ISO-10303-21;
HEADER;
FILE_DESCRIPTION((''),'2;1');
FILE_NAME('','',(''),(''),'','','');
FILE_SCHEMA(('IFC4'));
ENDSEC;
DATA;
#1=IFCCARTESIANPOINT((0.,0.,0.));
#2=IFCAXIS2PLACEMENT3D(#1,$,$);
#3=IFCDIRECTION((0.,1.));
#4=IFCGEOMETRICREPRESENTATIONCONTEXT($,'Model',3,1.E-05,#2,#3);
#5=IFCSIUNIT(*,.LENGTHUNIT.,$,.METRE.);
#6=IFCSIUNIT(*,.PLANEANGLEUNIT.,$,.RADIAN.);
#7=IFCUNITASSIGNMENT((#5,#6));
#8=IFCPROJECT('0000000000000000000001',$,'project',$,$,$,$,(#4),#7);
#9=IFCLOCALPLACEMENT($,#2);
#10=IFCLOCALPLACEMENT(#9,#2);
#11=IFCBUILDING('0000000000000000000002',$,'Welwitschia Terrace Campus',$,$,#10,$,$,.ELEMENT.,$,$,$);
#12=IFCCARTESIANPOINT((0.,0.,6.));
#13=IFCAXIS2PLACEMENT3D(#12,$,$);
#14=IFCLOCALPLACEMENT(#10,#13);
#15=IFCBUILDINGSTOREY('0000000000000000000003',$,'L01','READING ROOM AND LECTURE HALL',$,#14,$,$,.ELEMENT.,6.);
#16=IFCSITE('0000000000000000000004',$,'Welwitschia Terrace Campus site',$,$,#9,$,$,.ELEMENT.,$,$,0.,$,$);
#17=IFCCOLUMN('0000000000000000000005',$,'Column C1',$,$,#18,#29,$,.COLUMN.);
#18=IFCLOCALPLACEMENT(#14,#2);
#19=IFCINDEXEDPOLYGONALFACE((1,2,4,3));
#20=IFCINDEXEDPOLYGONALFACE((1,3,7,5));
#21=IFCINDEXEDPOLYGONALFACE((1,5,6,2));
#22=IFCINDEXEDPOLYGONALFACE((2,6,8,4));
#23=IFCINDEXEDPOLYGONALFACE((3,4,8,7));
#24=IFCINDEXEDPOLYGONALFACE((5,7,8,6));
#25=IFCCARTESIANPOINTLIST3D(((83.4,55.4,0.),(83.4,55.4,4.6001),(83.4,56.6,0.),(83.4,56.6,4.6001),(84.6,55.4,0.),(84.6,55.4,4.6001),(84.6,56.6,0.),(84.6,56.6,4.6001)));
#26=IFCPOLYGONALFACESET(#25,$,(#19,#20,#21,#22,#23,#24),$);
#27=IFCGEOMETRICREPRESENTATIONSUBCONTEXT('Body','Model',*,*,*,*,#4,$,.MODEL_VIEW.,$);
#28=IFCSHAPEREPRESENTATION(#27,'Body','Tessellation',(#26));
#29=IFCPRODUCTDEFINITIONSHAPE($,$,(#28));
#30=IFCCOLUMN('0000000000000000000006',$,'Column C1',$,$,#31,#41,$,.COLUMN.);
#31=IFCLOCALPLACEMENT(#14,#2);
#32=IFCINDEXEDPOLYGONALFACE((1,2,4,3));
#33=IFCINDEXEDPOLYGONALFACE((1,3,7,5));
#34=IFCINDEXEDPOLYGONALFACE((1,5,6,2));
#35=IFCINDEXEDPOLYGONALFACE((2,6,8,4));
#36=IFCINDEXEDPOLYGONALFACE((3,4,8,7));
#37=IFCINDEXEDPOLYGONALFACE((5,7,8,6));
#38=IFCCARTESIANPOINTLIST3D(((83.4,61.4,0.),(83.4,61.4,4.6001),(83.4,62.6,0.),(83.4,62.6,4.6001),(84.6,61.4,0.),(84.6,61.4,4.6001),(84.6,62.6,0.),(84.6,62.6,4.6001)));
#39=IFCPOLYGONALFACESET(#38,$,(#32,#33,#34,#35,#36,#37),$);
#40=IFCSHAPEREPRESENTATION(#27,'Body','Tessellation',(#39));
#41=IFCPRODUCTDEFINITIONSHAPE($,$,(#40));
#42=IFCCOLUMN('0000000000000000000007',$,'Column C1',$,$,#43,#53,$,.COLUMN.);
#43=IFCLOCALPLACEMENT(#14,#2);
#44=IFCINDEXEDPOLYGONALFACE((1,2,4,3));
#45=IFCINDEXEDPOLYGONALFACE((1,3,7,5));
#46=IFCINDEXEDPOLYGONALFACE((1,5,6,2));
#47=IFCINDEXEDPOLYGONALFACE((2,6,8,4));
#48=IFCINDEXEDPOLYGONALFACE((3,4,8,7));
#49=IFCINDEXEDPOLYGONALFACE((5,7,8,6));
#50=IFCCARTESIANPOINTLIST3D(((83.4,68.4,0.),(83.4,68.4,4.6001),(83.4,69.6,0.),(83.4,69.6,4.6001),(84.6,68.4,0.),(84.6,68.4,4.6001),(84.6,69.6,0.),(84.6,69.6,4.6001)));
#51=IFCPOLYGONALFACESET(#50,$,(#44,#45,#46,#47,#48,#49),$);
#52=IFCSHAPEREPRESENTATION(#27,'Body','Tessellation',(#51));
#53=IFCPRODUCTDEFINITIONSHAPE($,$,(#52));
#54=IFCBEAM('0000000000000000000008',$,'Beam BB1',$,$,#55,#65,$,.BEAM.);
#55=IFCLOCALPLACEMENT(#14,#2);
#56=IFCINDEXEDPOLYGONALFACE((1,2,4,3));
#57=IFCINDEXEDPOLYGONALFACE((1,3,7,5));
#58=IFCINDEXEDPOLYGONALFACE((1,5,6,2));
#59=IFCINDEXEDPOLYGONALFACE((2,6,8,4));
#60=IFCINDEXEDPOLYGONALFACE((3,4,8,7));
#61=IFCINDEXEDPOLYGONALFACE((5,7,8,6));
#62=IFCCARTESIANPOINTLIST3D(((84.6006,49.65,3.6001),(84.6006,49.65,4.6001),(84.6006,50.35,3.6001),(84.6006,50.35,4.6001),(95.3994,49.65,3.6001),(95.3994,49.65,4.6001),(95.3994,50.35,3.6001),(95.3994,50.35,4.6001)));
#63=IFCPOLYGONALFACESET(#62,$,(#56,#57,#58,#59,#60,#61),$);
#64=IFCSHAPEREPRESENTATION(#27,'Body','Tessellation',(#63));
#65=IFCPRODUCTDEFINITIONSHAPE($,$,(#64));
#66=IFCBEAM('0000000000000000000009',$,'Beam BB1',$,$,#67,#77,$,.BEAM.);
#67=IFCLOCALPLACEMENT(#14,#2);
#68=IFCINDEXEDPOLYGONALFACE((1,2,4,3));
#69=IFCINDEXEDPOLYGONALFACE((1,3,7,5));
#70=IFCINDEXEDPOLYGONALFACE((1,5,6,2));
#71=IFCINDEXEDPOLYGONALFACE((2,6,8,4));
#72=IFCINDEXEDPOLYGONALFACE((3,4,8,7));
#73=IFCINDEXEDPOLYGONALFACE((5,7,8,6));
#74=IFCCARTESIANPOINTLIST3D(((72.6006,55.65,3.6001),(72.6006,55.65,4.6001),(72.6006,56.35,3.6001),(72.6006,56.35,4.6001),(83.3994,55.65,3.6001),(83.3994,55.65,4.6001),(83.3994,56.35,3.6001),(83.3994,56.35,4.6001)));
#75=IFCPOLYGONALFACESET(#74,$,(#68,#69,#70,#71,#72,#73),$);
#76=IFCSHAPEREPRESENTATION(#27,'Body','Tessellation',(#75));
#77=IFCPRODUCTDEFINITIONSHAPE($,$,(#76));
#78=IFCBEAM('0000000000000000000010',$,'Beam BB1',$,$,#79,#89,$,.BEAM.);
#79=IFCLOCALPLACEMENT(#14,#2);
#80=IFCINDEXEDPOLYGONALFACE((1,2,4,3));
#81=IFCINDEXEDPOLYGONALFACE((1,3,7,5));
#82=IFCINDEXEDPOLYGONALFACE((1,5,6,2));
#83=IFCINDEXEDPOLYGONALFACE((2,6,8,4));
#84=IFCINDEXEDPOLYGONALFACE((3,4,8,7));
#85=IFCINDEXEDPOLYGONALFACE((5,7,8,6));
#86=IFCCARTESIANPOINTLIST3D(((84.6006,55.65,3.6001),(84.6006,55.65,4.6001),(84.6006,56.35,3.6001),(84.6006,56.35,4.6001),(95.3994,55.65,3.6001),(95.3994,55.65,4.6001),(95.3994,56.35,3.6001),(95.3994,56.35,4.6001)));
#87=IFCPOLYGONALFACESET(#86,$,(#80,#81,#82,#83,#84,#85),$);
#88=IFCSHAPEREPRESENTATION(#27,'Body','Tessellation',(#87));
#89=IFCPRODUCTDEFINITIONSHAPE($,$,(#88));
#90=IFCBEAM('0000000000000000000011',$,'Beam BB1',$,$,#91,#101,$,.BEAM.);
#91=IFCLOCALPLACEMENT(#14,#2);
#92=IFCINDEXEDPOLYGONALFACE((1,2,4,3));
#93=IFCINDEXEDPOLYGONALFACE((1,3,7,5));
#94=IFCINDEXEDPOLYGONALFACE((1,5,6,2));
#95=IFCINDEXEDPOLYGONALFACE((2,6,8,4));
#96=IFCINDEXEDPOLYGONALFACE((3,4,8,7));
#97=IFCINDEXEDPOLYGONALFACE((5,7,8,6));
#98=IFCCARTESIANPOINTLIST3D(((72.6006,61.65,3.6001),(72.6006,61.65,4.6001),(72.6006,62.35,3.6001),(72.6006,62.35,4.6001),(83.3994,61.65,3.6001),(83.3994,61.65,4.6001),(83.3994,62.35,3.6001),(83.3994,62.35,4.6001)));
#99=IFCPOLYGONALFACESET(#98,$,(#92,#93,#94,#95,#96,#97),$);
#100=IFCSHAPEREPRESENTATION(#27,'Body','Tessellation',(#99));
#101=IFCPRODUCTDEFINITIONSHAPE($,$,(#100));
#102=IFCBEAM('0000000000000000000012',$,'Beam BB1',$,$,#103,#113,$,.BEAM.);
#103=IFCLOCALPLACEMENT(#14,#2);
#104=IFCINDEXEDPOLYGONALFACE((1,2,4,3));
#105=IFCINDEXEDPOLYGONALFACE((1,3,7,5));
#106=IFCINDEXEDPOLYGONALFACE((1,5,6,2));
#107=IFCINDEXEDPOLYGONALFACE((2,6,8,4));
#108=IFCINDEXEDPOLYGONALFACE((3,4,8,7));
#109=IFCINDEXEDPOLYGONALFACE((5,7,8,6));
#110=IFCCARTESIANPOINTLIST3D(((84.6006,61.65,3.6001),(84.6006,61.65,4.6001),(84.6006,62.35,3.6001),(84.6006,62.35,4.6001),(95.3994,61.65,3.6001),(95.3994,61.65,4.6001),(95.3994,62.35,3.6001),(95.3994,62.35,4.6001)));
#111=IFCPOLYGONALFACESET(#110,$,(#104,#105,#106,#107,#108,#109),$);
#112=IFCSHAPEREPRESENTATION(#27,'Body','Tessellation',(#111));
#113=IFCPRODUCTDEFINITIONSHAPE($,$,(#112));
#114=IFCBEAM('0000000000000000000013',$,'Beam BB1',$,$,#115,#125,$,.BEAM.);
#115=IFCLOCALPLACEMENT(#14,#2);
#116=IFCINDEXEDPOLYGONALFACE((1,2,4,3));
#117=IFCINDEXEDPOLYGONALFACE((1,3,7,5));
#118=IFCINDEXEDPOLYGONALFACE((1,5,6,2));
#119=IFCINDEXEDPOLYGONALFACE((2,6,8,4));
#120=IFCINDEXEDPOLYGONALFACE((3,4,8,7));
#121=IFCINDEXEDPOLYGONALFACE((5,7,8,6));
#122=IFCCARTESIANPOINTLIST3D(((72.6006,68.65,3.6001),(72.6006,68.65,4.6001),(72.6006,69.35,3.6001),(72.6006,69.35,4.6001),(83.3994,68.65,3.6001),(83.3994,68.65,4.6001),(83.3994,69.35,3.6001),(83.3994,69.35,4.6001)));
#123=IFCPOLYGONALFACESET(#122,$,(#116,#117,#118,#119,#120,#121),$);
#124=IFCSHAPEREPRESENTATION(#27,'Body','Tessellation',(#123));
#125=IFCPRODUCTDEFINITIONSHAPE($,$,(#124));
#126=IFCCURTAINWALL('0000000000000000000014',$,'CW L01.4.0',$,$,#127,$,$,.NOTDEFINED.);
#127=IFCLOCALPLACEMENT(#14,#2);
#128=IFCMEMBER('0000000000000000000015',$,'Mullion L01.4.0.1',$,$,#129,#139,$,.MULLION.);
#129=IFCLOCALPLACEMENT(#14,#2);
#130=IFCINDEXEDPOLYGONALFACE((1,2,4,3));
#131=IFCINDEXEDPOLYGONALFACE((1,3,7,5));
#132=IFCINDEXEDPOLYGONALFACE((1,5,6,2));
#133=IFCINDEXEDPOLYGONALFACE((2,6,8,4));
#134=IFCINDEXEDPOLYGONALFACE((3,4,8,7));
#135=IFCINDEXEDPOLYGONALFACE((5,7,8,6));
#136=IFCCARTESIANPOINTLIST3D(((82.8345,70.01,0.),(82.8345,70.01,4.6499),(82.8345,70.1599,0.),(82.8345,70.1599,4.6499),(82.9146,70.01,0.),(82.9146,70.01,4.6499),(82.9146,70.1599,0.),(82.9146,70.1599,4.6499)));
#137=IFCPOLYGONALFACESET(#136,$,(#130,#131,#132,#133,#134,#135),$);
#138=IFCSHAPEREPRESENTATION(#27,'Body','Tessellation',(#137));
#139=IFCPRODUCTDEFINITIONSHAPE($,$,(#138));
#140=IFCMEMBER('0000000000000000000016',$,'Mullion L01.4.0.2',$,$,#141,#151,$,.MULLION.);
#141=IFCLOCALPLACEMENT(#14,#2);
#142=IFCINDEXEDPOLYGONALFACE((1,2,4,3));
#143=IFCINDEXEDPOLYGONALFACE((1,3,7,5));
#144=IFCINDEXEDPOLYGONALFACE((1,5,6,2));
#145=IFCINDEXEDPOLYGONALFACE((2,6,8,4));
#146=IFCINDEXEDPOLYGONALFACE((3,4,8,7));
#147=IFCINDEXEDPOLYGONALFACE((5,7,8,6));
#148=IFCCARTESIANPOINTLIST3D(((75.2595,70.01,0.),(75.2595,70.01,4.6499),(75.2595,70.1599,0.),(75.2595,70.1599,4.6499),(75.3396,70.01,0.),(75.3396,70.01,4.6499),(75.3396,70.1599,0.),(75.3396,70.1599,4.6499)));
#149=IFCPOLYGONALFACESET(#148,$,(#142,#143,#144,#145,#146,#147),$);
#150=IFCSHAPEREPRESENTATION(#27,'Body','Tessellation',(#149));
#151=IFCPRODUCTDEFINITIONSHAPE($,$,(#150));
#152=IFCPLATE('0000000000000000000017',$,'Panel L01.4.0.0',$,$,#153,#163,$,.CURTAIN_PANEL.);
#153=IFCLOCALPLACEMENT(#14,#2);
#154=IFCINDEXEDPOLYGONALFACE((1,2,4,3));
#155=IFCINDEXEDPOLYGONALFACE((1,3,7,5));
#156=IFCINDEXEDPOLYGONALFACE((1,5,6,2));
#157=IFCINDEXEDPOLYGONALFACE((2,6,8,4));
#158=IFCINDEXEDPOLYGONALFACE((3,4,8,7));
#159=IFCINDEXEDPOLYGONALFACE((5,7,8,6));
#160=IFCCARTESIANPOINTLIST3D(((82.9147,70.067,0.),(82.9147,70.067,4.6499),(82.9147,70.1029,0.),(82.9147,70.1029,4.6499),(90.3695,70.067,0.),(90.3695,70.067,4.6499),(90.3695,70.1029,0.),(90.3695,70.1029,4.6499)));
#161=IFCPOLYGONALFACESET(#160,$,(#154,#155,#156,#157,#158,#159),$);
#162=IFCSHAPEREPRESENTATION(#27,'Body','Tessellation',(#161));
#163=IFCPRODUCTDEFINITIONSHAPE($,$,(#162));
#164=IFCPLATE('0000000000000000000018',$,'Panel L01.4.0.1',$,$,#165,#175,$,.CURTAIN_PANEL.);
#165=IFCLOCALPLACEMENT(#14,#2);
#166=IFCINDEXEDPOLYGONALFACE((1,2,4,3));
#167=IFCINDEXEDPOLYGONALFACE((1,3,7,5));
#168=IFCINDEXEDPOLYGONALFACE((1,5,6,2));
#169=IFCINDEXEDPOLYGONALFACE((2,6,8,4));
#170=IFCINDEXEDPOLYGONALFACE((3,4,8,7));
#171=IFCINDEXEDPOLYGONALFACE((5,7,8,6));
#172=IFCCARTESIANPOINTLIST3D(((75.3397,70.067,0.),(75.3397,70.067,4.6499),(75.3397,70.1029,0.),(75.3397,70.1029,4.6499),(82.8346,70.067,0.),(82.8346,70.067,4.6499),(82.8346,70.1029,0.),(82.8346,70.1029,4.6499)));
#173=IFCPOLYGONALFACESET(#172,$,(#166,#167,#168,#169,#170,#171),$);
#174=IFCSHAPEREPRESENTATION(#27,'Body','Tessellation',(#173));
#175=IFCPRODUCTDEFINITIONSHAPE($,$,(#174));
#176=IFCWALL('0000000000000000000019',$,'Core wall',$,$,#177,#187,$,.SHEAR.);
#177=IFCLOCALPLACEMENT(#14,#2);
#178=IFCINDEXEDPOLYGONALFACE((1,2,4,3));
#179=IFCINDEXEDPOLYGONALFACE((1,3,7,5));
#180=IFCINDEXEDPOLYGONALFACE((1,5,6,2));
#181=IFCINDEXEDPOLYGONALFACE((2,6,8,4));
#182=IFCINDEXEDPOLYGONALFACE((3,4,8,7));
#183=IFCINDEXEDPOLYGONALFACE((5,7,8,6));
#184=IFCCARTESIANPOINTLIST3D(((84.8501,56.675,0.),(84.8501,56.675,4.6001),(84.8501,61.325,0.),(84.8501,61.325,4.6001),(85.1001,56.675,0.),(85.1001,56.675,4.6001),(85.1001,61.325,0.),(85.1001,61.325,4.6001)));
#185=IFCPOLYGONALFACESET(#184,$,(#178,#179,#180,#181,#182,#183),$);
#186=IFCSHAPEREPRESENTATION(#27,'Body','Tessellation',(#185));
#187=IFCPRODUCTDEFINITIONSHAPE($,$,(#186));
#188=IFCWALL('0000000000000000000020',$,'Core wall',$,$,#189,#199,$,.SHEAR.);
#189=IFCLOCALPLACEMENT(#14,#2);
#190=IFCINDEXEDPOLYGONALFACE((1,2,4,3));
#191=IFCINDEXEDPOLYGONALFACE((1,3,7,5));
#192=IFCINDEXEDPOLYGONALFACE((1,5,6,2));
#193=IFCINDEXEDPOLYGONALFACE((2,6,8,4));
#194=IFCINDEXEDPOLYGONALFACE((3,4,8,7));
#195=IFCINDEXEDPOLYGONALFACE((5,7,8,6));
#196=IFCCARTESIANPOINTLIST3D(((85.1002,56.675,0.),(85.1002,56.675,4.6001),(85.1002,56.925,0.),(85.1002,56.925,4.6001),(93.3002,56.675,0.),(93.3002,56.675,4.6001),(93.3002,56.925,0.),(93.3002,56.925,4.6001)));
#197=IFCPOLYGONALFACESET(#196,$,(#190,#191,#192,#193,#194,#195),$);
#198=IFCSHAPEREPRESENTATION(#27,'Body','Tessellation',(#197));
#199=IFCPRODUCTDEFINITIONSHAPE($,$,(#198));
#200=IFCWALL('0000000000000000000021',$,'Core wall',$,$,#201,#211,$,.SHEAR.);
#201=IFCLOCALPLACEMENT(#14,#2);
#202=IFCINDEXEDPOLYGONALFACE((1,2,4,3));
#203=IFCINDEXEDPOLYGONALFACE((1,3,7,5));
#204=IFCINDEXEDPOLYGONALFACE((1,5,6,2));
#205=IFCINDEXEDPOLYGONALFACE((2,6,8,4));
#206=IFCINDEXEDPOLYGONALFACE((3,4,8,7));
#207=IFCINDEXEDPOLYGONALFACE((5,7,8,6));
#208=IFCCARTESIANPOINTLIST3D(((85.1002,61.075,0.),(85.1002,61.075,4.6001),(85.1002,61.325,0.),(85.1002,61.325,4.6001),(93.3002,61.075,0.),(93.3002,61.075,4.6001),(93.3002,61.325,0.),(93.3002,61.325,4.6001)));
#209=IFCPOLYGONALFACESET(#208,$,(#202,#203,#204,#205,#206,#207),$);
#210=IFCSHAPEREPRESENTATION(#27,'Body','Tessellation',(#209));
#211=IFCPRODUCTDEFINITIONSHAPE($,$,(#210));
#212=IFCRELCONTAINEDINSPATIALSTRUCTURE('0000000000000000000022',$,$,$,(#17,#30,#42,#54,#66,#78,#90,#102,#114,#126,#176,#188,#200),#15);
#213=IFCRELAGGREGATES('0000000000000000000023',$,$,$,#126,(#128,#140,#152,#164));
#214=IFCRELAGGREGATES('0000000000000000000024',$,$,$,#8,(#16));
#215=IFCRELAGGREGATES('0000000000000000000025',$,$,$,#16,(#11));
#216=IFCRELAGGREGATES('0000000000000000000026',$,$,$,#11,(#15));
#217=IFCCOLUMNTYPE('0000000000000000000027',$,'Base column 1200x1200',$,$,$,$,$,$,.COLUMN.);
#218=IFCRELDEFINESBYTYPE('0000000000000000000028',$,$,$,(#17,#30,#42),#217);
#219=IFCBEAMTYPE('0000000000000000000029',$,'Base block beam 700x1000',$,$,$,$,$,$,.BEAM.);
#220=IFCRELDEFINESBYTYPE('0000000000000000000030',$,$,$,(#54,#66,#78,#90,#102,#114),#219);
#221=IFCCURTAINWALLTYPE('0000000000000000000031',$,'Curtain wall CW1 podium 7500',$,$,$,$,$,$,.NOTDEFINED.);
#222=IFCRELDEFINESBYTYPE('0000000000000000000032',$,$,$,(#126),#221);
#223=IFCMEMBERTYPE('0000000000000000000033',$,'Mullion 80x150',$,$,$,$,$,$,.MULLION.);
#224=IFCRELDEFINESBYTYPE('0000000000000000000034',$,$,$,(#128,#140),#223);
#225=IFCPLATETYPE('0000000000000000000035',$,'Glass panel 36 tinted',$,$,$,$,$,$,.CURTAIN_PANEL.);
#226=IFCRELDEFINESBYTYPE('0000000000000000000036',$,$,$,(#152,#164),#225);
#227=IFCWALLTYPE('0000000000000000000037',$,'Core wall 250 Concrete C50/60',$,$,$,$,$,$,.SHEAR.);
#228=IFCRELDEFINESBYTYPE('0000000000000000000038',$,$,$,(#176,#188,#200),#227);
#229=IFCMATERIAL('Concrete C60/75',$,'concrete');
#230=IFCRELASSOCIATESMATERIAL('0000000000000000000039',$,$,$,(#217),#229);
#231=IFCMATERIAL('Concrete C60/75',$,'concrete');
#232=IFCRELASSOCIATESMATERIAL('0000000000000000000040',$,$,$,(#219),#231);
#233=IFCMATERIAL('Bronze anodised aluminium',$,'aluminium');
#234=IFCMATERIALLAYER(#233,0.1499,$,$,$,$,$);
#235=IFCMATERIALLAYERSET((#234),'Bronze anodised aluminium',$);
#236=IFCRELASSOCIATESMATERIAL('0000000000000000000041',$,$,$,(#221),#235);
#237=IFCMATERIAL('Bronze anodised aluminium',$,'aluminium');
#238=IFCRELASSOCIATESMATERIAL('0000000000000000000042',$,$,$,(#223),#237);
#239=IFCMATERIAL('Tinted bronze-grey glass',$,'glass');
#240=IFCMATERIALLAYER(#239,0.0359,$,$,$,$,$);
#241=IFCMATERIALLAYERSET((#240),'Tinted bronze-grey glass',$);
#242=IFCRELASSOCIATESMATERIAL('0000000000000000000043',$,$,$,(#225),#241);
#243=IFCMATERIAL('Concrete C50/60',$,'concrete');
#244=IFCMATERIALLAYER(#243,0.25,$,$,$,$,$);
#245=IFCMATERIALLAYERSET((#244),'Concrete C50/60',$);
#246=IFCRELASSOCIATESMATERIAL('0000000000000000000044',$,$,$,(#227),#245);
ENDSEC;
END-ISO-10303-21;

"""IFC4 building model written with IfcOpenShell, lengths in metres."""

from ifc_helpers import new_model, si_unit, direction, frame, frame_2d, origin, origin_2d, place, context, subcontext, project, spatial, rectangle, extrude, material, layer, layer_set, material_profile, profile_set, type_object, element, aggregate, save


model = new_model("IFC4")

# Units and contexts
model_context = context("Model", 3, precision=1e-05, world=origin(), true_north=direction((0.0, 1.0)))
body_context = subcontext(model_context, "Body", "Model", "MODEL_VIEW")
ifc_project = project(units=[si_unit("LENGTHUNIT", "METRE"), si_unit("PLANEANGLEUNIT", "RADIAN")], contexts=[model_context])

# Site, building, storey
site_placement = place(None, origin())
site = spatial("IfcSite", under=ifc_project, at=site_placement, Name="Welwitschia Terrace Campus site", CompositionType="ELEMENT", RefElevation=0.0)
building_placement = place(site_placement, origin())
building = spatial("IfcBuilding", under=site, at=building_placement, Name="Welwitschia Terrace Campus", CompositionType="ELEMENT")
storey_placement = place(building_placement, frame((0.0, 0.0, 6.0)))
storey = spatial("IfcBuildingStorey", under=building, at=storey_placement, Name="L01", Description="READING ROOM AND LECTURE HALL", CompositionType="ELEMENT", Elevation=6.0)

# Columns
ifc_material_1 = material(Name="Concrete C60/75", Category="concrete")
ifc_material_profile_1 = material_profile(ifc_material_1, rectangle(XDim=1.2, YDim=1.2, at=origin_2d()))
ifc_profile_set_1 = profile_set([ifc_material_profile_1], Name="Concrete C60/75")
column_type = type_object("IfcColumnType", Name="Base column 1200x1200", PredefinedType="COLUMN", material=ifc_profile_set_1)
for number, where, z_axis, x_axis, name in (
    (1, (84.0, 56.0, 0.0), (0.0, 0.0, 1.0), (1.0, 0.0, 0.0), "Column C1"),
    (2, (84.0, 62.0, 0.0), (0.0, 0.0, 1.0), (1.0, 0.0, 0.0), "Column C1"),
    (3, (84.0, 69.0, 0.0), (0.0, 0.0, 1.0), (1.0, 0.0, 0.0), "Column C1"),
):
    element("IfcColumn", number, at=place(storey_placement, frame(where, z_axis=z_axis, x_axis=x_axis)), inside=storey, type_object=column_type, Name=name, PredefinedType="COLUMN", context=body_context, shape_type="SweptSolid", body=[
        extrude(rectangle(XDim=1.2, YDim=1.2, at=origin_2d()), origin(), (0.0, 0.0, 1.0), 4.6001),
    ])

# Beams
ifc_material_2 = material(Name="Concrete C60/75", Category="concrete")
ifc_material_profile_2 = material_profile(ifc_material_2, rectangle(XDim=0.7, YDim=1.0, at=origin_2d()))
ifc_profile_set_2 = profile_set([ifc_material_profile_2], Name="Concrete C60/75")
beam_type = type_object("IfcBeamType", Name="Base block beam 700x1000", PredefinedType="BEAM", material=ifc_profile_set_2)
for number, where, z_axis, x_axis, name in (
    (4, (84.6006, 50.0, 4.1001), (1.0, 0.0, 0.0), (0.0, 1.0, 0.0), "Beam BB1"),
    (5, (72.6006, 56.0, 4.1001), (1.0, 0.0, 0.0), (0.0, 1.0, 0.0), "Beam BB1"),
    (6, (84.6006, 56.0, 4.1001), (1.0, 0.0, 0.0), (0.0, 1.0, 0.0), "Beam BB1"),
    (7, (72.6006, 62.0, 4.1001), (1.0, 0.0, 0.0), (0.0, 1.0, 0.0), "Beam BB1"),
    (8, (84.6006, 62.0, 4.1001), (1.0, 0.0, 0.0), (0.0, 1.0, 0.0), "Beam BB1"),
    (9, (72.6006, 69.0, 4.1001), (1.0, 0.0, 0.0), (0.0, 1.0, 0.0), "Beam BB1"),
):
    element("IfcBeam", number, at=place(storey_placement, frame(where, z_axis=z_axis, x_axis=x_axis)), inside=storey, type_object=beam_type, Name=name, PredefinedType="BEAM", context=body_context, shape_type="SweptSolid", body=[
        extrude(rectangle(XDim=0.7, YDim=1.0, at=origin_2d()), origin(), (0.0, 0.0, 1.0), 10.7988),
    ])

# Curtain wall, members, plates
ifc_material_3 = material(Name="Bronze anodised aluminium", Category="aluminium")
ifc_layer_1 = layer(ifc_material_3, 0.1499)
ifc_layer_set_1 = layer_set([ifc_layer_1], Name="Bronze anodised aluminium")
curtain_wall_type = type_object("IfcCurtainWallType", Name="Curtain wall CW1 podium 7500", PredefinedType="NOTDEFINED", material=ifc_layer_set_1)
curtain_wall_placement = place(storey_placement, origin())
curtain_wall = element("IfcCurtainWall", 10, at=curtain_wall_placement, inside=storey, type_object=curtain_wall_type, Name="CW L01.4.0", PredefinedType="NOTDEFINED")
ifc_material_4 = material(Name="Bronze anodised aluminium", Category="aluminium")
ifc_material_profile_3 = material_profile(ifc_material_4, rectangle(XDim=0.1499, YDim=0.0801, at=origin_2d()))
ifc_profile_set_3 = profile_set([ifc_material_profile_3], Name="Bronze anodised aluminium")
member_type = type_object("IfcMemberType", Name="Mullion 80x150", PredefinedType="MULLION", material=ifc_profile_set_3)
member_1_placement = place(storey_placement, frame((82.8745, 70.085, 0.0), z_axis=(0.0, 0.0, 1.0), x_axis=(0.0, -1.0, 0.0)))
member_1 = element("IfcMember", 11, at=member_1_placement, type_object=member_type, Name="Mullion L01.4.0.1", PredefinedType="MULLION", context=body_context, shape_type="SweptSolid", body=[
    extrude(rectangle(XDim=0.1499, YDim=0.0801, at=origin_2d()), origin(), (0.0, 0.0, 1.0), 4.6499),
])
member_2_placement = place(storey_placement, frame((75.2996, 70.085, 0.0), z_axis=(0.0, 0.0, 1.0), x_axis=(0.0, -1.0, 0.0)))
member_2 = element("IfcMember", 12, at=member_2_placement, type_object=member_type, Name="Mullion L01.4.0.2", PredefinedType="MULLION", context=body_context, shape_type="SweptSolid", body=[
    extrude(rectangle(XDim=0.1499, YDim=0.0801, at=origin_2d()), origin(), (0.0, 0.0, 1.0), 4.6499),
])
ifc_material_5 = material(Name="Tinted bronze-grey glass", Category="glass")
ifc_layer_2 = layer(ifc_material_5, 0.0359)
ifc_layer_set_2 = layer_set([ifc_layer_2], Name="Tinted bronze-grey glass")
plate_type = type_object("IfcPlateType", Name="Glass panel 36 tinted", PredefinedType="CURTAIN_PANEL", material=ifc_layer_set_2)
plate_1_placement = place(storey_placement, frame((86.6421, 70.085, 0.0), z_axis=(0.0, 0.0, 1.0), x_axis=(-1.0, 0.0, 0.0)))
plate_1 = element("IfcPlate", 13, at=plate_1_placement, type_object=plate_type, Name="Panel L01.4.0.0", PredefinedType="CURTAIN_PANEL", context=body_context, shape_type="SweptSolid", body=[
    extrude(rectangle(XDim=7.4548, YDim=0.0359, at=origin_2d()), origin(), (0.0, 0.0, 1.0), 4.6499),
])
plate_2_placement = place(storey_placement, frame((79.0872, 70.085, 0.0), z_axis=(0.0, 0.0, 1.0), x_axis=(-1.0, 0.0, 0.0)))
plate_2 = element("IfcPlate", 14, at=plate_2_placement, type_object=plate_type, Name="Panel L01.4.0.1", PredefinedType="CURTAIN_PANEL", context=body_context, shape_type="SweptSolid", body=[
    extrude(rectangle(XDim=7.4949, YDim=0.0359, at=origin_2d()), origin(), (0.0, 0.0, 1.0), 4.6499),
])
aggregate(curtain_wall, [member_1, member_2, plate_1, plate_2])

# Walls
ifc_material_6 = material(Name="Concrete C50/60", Category="concrete")
ifc_layer_3 = layer(ifc_material_6, 0.25)
ifc_layer_set_3 = layer_set([ifc_layer_3], Name="Concrete C50/60")
wall_type_1 = type_object("IfcWallType", Name="Core wall 250 Concrete C50/60", PredefinedType="SHEAR", material=ifc_layer_set_3)
wall_1_placement = place(storey_placement, frame((84.9751, 56.675, 0.0), z_axis=(0.0, 0.0, 1.0), x_axis=(0.0, 1.0, 0.0)))
element("IfcWall", 15, at=wall_1_placement, inside=storey, type_object=wall_type_1, Name="Core wall", PredefinedType="SHEAR", context=body_context, shape_type="SweptSolid", body=[
    extrude(rectangle(XDim=4.6499, YDim=0.25, at=frame_2d((2.325, 0.0))), origin(), (0.0, 0.0, 1.0), 4.6001),
])
for number, where, z_axis, x_axis, name in (
    (16, (85.1001, 56.8, 0.0), (0.0, 0.0, 1.0), (1.0, 0.0, 0.0), "Core wall"),
    (17, (85.1001, 61.2, 0.0), (0.0, 0.0, 1.0), (1.0, 0.0, 0.0), "Core wall"),
):
    element("IfcWall", number, at=place(storey_placement, frame(where, z_axis=z_axis, x_axis=x_axis)), inside=storey, type_object=wall_type_1, Name=name, PredefinedType="SHEAR", context=body_context, shape_type="SweptSolid", body=[
        extrude(rectangle(XDim=8.2, YDim=0.25, at=frame_2d((4.1001, 0.0))), origin(), (0.0, 0.0, 1.0), 4.6001),
    ])

save(model, "model.ifc")
